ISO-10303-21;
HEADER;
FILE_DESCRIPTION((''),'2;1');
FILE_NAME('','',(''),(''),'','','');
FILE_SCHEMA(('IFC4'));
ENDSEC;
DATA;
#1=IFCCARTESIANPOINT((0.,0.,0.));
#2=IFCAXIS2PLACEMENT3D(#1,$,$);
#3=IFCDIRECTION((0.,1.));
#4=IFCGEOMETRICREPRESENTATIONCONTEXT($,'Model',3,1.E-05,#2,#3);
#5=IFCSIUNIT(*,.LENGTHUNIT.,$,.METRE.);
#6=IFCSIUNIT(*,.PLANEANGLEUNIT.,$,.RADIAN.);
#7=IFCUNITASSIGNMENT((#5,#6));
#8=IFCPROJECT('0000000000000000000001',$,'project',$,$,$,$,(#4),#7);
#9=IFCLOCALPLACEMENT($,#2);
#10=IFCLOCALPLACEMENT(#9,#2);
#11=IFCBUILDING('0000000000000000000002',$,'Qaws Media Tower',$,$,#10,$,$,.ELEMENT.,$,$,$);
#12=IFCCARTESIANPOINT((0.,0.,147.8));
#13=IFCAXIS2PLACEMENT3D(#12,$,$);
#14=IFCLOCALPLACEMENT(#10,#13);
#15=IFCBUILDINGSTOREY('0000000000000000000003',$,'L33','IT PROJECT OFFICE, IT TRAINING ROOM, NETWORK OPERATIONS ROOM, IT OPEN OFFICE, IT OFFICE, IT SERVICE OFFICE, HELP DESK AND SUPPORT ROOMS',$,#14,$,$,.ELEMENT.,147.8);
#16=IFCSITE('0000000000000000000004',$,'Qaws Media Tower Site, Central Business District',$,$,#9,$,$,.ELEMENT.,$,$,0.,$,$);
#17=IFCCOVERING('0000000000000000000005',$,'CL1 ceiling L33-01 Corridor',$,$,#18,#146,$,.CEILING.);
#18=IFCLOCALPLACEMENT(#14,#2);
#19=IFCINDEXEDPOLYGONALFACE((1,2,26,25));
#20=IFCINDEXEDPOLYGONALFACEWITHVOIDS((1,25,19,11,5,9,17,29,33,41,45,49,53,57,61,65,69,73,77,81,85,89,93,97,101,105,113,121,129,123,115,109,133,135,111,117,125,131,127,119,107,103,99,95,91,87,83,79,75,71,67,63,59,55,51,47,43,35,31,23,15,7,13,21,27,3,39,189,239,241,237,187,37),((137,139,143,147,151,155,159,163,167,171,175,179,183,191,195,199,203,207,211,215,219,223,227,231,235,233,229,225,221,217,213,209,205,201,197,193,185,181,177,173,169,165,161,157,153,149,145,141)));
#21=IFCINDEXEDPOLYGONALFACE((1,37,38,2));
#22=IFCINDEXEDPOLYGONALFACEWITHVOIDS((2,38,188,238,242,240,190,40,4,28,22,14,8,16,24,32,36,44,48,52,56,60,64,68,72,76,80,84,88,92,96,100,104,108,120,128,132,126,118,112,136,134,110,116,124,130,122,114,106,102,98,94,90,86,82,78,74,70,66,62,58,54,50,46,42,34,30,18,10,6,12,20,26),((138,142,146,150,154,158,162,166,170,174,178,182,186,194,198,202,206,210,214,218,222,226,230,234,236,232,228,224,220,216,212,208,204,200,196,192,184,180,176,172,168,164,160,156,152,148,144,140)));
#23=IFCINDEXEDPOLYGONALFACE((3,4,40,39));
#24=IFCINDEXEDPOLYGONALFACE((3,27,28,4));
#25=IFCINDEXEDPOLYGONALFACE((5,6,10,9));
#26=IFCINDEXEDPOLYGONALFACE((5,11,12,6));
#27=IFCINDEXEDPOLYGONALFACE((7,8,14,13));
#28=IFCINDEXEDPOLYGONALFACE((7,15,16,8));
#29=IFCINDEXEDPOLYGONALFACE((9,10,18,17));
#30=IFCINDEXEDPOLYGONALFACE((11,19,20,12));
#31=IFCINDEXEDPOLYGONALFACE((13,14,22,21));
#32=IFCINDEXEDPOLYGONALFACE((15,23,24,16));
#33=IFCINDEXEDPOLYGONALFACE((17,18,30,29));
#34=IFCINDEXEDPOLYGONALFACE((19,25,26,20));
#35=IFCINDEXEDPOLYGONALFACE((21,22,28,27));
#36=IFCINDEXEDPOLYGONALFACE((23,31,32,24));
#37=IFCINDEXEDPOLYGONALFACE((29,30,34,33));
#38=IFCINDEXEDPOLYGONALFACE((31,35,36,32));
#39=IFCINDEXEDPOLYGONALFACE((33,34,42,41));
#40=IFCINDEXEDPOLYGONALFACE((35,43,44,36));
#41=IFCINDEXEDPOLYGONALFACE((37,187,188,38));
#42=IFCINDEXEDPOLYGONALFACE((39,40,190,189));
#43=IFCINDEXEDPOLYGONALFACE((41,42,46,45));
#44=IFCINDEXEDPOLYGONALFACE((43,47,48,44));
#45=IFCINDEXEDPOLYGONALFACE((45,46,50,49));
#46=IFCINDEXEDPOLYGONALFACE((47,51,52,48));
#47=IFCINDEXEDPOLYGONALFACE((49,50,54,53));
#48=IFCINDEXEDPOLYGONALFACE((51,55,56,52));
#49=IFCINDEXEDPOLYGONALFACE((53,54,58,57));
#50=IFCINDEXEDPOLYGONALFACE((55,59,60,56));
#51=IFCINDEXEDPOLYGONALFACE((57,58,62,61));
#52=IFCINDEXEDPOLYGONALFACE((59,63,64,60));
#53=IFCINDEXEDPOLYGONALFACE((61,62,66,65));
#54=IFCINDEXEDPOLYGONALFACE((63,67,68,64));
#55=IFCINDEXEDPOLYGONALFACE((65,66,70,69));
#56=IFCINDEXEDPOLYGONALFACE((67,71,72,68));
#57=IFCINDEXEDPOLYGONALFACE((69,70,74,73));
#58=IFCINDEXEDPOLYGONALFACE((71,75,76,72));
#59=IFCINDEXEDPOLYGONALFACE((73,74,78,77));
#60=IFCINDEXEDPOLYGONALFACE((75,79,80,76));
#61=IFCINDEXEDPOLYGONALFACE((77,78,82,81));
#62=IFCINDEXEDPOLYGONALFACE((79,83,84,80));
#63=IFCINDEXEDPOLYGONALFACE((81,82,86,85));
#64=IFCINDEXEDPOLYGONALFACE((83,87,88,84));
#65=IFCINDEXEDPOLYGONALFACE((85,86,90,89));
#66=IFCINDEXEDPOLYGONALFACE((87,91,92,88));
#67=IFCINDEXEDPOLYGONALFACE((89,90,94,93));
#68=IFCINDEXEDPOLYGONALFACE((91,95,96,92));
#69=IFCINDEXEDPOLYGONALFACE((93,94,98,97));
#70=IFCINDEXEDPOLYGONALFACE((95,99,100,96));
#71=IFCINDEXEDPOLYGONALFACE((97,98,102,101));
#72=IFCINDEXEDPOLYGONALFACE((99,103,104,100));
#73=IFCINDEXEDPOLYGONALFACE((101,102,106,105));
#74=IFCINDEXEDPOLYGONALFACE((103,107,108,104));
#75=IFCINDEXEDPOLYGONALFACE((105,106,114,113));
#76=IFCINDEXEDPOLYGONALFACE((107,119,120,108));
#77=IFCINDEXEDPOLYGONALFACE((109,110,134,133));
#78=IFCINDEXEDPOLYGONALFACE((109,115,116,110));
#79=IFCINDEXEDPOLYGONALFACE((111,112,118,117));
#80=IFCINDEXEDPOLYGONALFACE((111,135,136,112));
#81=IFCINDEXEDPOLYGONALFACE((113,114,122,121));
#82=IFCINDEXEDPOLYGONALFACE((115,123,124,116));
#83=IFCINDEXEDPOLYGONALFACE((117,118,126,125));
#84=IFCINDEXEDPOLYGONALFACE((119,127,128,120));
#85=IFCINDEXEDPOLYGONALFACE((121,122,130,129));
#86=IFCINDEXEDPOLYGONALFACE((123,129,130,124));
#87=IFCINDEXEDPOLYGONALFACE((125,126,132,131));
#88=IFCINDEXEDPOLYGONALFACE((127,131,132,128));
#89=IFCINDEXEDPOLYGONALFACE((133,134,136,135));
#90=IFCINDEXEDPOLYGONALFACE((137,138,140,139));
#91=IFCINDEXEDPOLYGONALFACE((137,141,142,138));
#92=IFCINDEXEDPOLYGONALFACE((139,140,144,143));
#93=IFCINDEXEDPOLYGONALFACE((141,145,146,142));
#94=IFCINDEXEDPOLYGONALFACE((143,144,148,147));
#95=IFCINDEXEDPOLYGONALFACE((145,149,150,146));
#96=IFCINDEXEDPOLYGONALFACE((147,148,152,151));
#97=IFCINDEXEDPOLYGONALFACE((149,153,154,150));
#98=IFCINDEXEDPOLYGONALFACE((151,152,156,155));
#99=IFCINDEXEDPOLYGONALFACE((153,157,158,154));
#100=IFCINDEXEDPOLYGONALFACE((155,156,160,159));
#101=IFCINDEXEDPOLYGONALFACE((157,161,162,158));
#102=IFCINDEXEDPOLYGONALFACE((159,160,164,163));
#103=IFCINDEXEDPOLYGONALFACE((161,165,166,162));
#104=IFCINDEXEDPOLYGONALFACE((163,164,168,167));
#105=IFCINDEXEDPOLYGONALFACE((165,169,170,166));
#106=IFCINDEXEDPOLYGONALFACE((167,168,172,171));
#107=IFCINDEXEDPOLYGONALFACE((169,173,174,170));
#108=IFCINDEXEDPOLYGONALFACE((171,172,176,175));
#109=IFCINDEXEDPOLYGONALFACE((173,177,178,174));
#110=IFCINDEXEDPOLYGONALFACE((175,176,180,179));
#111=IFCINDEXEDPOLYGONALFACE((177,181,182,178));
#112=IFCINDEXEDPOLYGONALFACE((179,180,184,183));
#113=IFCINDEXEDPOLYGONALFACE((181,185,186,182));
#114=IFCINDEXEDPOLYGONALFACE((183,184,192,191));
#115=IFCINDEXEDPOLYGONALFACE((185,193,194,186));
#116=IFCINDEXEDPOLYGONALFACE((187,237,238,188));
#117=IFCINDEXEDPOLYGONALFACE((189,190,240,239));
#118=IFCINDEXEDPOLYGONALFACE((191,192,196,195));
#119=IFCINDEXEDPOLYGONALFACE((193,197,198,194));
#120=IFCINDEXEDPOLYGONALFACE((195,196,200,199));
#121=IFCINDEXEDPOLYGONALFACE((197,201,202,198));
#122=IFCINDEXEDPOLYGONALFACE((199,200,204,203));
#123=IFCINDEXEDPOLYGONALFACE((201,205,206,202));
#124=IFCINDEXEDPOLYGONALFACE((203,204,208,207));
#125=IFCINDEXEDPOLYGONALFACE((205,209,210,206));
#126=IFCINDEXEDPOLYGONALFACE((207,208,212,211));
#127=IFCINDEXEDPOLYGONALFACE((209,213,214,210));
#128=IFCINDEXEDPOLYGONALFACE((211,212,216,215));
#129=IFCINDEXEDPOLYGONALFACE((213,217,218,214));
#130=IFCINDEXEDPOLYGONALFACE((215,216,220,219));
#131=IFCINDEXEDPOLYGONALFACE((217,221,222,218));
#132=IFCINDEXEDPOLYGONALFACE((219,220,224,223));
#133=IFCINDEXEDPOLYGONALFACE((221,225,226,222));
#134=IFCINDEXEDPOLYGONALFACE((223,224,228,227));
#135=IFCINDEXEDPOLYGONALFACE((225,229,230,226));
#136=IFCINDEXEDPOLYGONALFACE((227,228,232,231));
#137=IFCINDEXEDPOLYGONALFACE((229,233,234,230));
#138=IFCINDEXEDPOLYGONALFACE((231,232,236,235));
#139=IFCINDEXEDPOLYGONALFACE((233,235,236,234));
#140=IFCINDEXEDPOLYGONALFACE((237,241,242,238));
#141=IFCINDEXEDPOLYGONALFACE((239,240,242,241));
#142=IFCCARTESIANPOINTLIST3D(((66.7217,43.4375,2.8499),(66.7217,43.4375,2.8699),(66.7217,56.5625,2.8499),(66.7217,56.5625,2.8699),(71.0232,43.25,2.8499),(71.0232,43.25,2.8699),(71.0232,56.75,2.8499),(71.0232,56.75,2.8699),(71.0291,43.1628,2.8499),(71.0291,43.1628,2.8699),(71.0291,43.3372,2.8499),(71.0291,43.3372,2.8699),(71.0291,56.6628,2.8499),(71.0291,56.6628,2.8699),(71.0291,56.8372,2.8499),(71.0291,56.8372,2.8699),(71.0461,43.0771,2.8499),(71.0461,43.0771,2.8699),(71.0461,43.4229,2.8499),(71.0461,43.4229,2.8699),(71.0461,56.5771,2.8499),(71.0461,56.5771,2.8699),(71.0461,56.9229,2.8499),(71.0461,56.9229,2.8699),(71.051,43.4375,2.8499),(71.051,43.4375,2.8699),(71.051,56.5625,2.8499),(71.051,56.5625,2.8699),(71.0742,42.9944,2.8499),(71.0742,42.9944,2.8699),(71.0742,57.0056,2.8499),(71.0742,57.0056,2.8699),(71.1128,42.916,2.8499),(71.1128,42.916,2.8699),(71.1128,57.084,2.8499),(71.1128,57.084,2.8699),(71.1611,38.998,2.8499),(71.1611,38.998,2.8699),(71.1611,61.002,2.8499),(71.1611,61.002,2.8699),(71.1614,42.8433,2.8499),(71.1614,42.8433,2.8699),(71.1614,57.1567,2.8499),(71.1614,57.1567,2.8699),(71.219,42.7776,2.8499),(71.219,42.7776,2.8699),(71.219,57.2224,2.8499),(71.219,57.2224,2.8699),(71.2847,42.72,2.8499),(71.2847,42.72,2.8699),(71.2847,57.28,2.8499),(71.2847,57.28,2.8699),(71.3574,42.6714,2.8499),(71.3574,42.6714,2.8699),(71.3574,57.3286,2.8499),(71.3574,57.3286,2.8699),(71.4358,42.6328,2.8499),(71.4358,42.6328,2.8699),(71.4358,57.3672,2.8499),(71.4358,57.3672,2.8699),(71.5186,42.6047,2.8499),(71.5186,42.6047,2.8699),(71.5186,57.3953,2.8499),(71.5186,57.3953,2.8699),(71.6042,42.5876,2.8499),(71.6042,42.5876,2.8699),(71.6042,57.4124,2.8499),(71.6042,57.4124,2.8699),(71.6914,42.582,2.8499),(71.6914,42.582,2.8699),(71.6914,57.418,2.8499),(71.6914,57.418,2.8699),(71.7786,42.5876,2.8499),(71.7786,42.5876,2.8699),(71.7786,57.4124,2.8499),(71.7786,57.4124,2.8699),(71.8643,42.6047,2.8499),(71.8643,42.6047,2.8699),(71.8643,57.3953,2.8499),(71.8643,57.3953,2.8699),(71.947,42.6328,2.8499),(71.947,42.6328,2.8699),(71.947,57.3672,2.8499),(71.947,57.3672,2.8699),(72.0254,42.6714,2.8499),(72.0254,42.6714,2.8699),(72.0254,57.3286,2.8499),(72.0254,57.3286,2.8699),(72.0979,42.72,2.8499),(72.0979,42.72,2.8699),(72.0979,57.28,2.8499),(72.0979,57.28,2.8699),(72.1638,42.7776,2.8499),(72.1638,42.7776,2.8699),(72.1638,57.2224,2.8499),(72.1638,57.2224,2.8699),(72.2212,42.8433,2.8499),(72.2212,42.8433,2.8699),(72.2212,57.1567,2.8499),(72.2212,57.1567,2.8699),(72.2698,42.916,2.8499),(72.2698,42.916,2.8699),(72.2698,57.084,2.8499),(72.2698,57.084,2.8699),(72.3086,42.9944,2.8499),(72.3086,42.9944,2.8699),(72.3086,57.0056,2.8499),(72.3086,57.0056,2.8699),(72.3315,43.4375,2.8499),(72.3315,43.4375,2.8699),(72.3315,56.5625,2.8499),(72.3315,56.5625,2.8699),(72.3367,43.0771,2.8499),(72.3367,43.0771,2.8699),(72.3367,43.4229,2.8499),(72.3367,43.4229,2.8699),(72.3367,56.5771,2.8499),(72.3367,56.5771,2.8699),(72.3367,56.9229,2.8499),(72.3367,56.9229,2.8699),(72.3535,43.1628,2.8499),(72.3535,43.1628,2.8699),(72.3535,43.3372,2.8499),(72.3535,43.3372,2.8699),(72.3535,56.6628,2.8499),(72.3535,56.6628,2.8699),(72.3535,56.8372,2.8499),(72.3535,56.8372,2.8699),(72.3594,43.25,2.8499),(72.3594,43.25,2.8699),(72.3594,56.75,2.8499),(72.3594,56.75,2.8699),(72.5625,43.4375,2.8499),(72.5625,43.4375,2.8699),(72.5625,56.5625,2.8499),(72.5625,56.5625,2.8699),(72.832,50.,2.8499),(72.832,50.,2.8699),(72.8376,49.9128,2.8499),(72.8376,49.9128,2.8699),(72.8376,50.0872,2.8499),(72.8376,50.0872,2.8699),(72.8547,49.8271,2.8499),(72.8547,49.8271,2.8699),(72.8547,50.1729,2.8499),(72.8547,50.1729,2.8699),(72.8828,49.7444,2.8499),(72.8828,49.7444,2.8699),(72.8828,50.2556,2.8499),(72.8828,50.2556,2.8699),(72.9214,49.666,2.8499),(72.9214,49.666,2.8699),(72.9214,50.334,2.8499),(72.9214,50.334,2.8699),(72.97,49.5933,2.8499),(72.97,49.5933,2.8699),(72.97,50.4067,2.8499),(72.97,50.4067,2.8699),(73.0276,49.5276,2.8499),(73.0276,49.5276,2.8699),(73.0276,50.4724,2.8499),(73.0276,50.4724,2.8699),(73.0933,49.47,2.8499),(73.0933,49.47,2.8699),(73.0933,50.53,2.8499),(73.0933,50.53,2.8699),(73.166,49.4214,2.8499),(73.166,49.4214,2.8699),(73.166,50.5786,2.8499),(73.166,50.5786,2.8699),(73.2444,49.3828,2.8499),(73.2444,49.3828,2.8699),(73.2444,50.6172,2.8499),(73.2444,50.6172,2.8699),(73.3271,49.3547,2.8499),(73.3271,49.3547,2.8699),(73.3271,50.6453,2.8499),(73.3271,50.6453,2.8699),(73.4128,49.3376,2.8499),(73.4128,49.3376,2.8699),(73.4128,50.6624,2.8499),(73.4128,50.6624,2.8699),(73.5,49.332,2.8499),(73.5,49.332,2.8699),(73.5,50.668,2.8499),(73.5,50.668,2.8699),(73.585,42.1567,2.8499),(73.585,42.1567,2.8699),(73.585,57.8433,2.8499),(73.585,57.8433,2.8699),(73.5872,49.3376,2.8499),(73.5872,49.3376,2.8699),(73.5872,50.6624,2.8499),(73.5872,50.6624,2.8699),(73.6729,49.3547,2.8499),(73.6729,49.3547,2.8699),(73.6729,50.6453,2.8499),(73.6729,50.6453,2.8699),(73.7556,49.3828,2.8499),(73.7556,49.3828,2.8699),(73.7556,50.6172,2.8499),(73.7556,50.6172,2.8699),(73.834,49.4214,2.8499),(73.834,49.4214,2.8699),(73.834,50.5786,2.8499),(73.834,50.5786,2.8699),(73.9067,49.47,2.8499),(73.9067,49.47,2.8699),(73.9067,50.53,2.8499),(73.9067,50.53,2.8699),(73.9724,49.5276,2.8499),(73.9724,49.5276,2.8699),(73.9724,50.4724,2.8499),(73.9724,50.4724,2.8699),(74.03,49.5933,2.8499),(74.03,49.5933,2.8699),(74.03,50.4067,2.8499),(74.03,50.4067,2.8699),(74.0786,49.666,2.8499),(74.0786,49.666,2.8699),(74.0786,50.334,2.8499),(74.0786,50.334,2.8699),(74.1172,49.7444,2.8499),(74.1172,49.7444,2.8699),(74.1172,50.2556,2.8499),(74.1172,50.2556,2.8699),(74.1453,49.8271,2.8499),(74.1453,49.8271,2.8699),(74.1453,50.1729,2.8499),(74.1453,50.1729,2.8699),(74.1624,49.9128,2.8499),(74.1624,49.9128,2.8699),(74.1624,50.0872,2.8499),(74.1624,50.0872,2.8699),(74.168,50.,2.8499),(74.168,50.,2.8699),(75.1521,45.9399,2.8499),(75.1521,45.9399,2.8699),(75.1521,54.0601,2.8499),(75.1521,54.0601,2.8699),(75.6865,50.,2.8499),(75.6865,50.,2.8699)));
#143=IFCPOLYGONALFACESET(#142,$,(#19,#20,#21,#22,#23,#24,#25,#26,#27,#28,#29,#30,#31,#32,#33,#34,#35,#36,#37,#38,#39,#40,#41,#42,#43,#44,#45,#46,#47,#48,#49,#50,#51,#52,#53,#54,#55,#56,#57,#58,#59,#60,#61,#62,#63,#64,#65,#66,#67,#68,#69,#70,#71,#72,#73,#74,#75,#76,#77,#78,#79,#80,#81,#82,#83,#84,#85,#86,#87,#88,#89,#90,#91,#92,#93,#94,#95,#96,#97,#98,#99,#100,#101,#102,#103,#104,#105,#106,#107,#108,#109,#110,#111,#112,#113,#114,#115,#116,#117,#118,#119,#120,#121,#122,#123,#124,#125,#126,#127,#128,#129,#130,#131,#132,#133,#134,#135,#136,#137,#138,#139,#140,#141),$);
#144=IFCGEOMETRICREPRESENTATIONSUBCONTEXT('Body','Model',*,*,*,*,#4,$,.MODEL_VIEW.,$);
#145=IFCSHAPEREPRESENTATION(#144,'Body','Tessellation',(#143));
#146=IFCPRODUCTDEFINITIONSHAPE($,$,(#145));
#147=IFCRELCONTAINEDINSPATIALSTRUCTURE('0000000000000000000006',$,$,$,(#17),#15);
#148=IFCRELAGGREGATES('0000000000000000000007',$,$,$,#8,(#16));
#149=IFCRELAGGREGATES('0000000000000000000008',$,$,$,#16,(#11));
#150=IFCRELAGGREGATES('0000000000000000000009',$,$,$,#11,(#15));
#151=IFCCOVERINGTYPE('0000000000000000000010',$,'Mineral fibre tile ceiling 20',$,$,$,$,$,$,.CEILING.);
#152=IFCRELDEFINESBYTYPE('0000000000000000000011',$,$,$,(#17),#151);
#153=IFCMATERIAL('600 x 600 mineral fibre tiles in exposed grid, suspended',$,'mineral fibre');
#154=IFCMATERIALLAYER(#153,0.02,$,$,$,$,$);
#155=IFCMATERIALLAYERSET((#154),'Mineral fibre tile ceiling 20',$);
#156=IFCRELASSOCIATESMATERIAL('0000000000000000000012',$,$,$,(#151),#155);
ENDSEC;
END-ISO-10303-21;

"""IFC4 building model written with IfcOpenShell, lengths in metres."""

from ifc_helpers import new_model, si_unit, direction, frame, origin, place, context, subcontext, project, spatial, polyline, outline, extrude, material, layer, layer_set, type_object, element, save


model = new_model("IFC4")

# Units and contexts
model_context = context("Model", 3, precision=1e-05, world=origin(), true_north=direction((0.0, 1.0)))
body_context = subcontext(model_context, "Body", "Model", "MODEL_VIEW")
ifc_project = project(units=[si_unit("LENGTHUNIT", "METRE"), si_unit("PLANEANGLEUNIT", "RADIAN")], contexts=[model_context])

# Site, building, storey
site_placement = place(None, origin())
site = spatial("IfcSite", under=ifc_project, at=site_placement, Name="Qaws Media Tower Site, Central Business District", CompositionType="ELEMENT", RefElevation=0.0)
building_placement = place(site_placement, origin())
building = spatial("IfcBuilding", under=site, at=building_placement, Name="Qaws Media Tower", CompositionType="ELEMENT")
storey_placement = place(building_placement, frame((0.0, 0.0, 147.8)))
storey = spatial("IfcBuildingStorey", under=building, at=storey_placement, Name="L33", Description="IT PROJECT OFFICE, IT TRAINING ROOM, NETWORK OPERATIONS ROOM, IT OPEN OFFICE, IT OFFICE, IT SERVICE OFFICE, HELP DESK AND SUPPORT ROOMS", CompositionType="ELEMENT", Elevation=147.8)

# Covering
ifc_material_1 = material(Name="600 x 600 mineral fibre tiles in exposed grid, suspended", Category="mineral fibre")
ifc_layer_1 = layer(ifc_material_1, 0.02)
ifc_layer_set_1 = layer_set([ifc_layer_1], Name="Mineral fibre tile ceiling 20")
covering_type_1 = type_object("IfcCoveringType", Name="Mineral fibre tile ceiling 20", PredefinedType="CEILING", material=ifc_layer_set_1)
covering_1_placement = place(storey_placement, frame((0.0, 0.0, 2.8499)))
element("IfcCovering", 1, at=covering_1_placement, inside=storey, type_object=covering_type_1, Name="CL1 ceiling L33-01 Corridor", PredefinedType="CEILING", context=body_context, shape_type="SweptSolid", body=[
    extrude(outline(polyline([(73.585, 57.8433), (75.1521, 54.0601), (75.6865, 50.0), (75.1521, 45.9399), (73.585, 42.1567), (71.1611, 38.998), (66.7217, 43.4375), (71.051, 43.4375), (71.0461, 43.4229), (71.0291, 43.3372), (71.0232, 43.25), (71.0291, 43.1628), (71.0461, 43.0771), (71.0742, 42.9944), (71.1128, 42.916), (71.1614, 42.8433), (71.219, 42.7776), (71.2847, 42.72), (71.3574, 42.6714), (71.4358, 42.6328), (71.5186, 42.6047), (71.6042, 42.5876), (71.6914, 42.582), (71.7786, 42.5876), (71.8643, 42.6047), (71.947, 42.6328), (72.0254, 42.6714), (72.0979, 42.72), (72.1638, 42.7776), (72.2212, 42.8433), (72.2698, 42.916), (72.3086, 42.9944), (72.3367, 43.0771), (72.3535, 43.1628), (72.3594, 43.25), (72.3535, 43.3372), (72.3367, 43.4229), (72.3315, 43.4375), (72.5625, 43.4375), (72.5625, 56.5625), (72.3315, 56.5625), (72.3367, 56.5771), (72.3535, 56.6628), (72.3594, 56.75), (72.3535, 56.8372), (72.3367, 56.9229), (72.3086, 57.0056), (72.2698, 57.084), (72.2212, 57.1567), (72.1638, 57.2224), (72.0979, 57.28), (72.0254, 57.3286), (71.947, 57.3672), (71.8643, 57.3953), (71.7786, 57.4124), (71.6914, 57.418), (71.6042, 57.4124), (71.5186, 57.3953), (71.4358, 57.3672), (71.3574, 57.3286), (71.2847, 57.28), (71.219, 57.2224), (71.1614, 57.1567), (71.1128, 57.084), (71.0742, 57.0056), (71.0461, 56.9229), (71.0291, 56.8372), (71.0232, 56.75), (71.0291, 56.6628), (71.0461, 56.5771), (71.051, 56.5625), (66.7217, 56.5625), (71.1611, 61.002), (73.585, 57.8433)]), holes=[polyline([(74.1453, 49.8271), (74.1624, 49.9128), (74.168, 50.0), (74.1624, 50.0872), (74.1453, 50.1729), (74.1172, 50.2556), (74.0786, 50.334), (74.03, 50.4067), (73.9724, 50.4724), (73.9067, 50.53), (73.834, 50.5786), (73.7556, 50.6172), (73.6729, 50.6453), (73.5872, 50.6624), (73.5, 50.668), (73.4128, 50.6624), (73.3271, 50.6453), (73.2444, 50.6172), (73.166, 50.5786), (73.0933, 50.53), (73.0276, 50.4724), (72.97, 50.4067), (72.9214, 50.334), (72.8828, 50.2556), (72.8547, 50.1729), (72.8376, 50.0872), (72.832, 50.0), (72.8376, 49.9128), (72.8547, 49.8271), (72.8828, 49.7444), (72.9214, 49.666), (72.97, 49.5933), (73.0276, 49.5276), (73.0933, 49.47), (73.166, 49.4214), (73.2444, 49.3828), (73.3271, 49.3547), (73.4128, 49.3376), (73.5, 49.332), (73.5872, 49.3376), (73.6729, 49.3547), (73.7556, 49.3828), (73.834, 49.4214), (73.9067, 49.47), (73.9724, 49.5276), (74.03, 49.5933), (74.0786, 49.666), (74.1172, 49.7444), (74.1453, 49.8271)])]), origin(), (0.0, 0.0, 1.0), 0.02),
])

save(model, "model.ifc")
